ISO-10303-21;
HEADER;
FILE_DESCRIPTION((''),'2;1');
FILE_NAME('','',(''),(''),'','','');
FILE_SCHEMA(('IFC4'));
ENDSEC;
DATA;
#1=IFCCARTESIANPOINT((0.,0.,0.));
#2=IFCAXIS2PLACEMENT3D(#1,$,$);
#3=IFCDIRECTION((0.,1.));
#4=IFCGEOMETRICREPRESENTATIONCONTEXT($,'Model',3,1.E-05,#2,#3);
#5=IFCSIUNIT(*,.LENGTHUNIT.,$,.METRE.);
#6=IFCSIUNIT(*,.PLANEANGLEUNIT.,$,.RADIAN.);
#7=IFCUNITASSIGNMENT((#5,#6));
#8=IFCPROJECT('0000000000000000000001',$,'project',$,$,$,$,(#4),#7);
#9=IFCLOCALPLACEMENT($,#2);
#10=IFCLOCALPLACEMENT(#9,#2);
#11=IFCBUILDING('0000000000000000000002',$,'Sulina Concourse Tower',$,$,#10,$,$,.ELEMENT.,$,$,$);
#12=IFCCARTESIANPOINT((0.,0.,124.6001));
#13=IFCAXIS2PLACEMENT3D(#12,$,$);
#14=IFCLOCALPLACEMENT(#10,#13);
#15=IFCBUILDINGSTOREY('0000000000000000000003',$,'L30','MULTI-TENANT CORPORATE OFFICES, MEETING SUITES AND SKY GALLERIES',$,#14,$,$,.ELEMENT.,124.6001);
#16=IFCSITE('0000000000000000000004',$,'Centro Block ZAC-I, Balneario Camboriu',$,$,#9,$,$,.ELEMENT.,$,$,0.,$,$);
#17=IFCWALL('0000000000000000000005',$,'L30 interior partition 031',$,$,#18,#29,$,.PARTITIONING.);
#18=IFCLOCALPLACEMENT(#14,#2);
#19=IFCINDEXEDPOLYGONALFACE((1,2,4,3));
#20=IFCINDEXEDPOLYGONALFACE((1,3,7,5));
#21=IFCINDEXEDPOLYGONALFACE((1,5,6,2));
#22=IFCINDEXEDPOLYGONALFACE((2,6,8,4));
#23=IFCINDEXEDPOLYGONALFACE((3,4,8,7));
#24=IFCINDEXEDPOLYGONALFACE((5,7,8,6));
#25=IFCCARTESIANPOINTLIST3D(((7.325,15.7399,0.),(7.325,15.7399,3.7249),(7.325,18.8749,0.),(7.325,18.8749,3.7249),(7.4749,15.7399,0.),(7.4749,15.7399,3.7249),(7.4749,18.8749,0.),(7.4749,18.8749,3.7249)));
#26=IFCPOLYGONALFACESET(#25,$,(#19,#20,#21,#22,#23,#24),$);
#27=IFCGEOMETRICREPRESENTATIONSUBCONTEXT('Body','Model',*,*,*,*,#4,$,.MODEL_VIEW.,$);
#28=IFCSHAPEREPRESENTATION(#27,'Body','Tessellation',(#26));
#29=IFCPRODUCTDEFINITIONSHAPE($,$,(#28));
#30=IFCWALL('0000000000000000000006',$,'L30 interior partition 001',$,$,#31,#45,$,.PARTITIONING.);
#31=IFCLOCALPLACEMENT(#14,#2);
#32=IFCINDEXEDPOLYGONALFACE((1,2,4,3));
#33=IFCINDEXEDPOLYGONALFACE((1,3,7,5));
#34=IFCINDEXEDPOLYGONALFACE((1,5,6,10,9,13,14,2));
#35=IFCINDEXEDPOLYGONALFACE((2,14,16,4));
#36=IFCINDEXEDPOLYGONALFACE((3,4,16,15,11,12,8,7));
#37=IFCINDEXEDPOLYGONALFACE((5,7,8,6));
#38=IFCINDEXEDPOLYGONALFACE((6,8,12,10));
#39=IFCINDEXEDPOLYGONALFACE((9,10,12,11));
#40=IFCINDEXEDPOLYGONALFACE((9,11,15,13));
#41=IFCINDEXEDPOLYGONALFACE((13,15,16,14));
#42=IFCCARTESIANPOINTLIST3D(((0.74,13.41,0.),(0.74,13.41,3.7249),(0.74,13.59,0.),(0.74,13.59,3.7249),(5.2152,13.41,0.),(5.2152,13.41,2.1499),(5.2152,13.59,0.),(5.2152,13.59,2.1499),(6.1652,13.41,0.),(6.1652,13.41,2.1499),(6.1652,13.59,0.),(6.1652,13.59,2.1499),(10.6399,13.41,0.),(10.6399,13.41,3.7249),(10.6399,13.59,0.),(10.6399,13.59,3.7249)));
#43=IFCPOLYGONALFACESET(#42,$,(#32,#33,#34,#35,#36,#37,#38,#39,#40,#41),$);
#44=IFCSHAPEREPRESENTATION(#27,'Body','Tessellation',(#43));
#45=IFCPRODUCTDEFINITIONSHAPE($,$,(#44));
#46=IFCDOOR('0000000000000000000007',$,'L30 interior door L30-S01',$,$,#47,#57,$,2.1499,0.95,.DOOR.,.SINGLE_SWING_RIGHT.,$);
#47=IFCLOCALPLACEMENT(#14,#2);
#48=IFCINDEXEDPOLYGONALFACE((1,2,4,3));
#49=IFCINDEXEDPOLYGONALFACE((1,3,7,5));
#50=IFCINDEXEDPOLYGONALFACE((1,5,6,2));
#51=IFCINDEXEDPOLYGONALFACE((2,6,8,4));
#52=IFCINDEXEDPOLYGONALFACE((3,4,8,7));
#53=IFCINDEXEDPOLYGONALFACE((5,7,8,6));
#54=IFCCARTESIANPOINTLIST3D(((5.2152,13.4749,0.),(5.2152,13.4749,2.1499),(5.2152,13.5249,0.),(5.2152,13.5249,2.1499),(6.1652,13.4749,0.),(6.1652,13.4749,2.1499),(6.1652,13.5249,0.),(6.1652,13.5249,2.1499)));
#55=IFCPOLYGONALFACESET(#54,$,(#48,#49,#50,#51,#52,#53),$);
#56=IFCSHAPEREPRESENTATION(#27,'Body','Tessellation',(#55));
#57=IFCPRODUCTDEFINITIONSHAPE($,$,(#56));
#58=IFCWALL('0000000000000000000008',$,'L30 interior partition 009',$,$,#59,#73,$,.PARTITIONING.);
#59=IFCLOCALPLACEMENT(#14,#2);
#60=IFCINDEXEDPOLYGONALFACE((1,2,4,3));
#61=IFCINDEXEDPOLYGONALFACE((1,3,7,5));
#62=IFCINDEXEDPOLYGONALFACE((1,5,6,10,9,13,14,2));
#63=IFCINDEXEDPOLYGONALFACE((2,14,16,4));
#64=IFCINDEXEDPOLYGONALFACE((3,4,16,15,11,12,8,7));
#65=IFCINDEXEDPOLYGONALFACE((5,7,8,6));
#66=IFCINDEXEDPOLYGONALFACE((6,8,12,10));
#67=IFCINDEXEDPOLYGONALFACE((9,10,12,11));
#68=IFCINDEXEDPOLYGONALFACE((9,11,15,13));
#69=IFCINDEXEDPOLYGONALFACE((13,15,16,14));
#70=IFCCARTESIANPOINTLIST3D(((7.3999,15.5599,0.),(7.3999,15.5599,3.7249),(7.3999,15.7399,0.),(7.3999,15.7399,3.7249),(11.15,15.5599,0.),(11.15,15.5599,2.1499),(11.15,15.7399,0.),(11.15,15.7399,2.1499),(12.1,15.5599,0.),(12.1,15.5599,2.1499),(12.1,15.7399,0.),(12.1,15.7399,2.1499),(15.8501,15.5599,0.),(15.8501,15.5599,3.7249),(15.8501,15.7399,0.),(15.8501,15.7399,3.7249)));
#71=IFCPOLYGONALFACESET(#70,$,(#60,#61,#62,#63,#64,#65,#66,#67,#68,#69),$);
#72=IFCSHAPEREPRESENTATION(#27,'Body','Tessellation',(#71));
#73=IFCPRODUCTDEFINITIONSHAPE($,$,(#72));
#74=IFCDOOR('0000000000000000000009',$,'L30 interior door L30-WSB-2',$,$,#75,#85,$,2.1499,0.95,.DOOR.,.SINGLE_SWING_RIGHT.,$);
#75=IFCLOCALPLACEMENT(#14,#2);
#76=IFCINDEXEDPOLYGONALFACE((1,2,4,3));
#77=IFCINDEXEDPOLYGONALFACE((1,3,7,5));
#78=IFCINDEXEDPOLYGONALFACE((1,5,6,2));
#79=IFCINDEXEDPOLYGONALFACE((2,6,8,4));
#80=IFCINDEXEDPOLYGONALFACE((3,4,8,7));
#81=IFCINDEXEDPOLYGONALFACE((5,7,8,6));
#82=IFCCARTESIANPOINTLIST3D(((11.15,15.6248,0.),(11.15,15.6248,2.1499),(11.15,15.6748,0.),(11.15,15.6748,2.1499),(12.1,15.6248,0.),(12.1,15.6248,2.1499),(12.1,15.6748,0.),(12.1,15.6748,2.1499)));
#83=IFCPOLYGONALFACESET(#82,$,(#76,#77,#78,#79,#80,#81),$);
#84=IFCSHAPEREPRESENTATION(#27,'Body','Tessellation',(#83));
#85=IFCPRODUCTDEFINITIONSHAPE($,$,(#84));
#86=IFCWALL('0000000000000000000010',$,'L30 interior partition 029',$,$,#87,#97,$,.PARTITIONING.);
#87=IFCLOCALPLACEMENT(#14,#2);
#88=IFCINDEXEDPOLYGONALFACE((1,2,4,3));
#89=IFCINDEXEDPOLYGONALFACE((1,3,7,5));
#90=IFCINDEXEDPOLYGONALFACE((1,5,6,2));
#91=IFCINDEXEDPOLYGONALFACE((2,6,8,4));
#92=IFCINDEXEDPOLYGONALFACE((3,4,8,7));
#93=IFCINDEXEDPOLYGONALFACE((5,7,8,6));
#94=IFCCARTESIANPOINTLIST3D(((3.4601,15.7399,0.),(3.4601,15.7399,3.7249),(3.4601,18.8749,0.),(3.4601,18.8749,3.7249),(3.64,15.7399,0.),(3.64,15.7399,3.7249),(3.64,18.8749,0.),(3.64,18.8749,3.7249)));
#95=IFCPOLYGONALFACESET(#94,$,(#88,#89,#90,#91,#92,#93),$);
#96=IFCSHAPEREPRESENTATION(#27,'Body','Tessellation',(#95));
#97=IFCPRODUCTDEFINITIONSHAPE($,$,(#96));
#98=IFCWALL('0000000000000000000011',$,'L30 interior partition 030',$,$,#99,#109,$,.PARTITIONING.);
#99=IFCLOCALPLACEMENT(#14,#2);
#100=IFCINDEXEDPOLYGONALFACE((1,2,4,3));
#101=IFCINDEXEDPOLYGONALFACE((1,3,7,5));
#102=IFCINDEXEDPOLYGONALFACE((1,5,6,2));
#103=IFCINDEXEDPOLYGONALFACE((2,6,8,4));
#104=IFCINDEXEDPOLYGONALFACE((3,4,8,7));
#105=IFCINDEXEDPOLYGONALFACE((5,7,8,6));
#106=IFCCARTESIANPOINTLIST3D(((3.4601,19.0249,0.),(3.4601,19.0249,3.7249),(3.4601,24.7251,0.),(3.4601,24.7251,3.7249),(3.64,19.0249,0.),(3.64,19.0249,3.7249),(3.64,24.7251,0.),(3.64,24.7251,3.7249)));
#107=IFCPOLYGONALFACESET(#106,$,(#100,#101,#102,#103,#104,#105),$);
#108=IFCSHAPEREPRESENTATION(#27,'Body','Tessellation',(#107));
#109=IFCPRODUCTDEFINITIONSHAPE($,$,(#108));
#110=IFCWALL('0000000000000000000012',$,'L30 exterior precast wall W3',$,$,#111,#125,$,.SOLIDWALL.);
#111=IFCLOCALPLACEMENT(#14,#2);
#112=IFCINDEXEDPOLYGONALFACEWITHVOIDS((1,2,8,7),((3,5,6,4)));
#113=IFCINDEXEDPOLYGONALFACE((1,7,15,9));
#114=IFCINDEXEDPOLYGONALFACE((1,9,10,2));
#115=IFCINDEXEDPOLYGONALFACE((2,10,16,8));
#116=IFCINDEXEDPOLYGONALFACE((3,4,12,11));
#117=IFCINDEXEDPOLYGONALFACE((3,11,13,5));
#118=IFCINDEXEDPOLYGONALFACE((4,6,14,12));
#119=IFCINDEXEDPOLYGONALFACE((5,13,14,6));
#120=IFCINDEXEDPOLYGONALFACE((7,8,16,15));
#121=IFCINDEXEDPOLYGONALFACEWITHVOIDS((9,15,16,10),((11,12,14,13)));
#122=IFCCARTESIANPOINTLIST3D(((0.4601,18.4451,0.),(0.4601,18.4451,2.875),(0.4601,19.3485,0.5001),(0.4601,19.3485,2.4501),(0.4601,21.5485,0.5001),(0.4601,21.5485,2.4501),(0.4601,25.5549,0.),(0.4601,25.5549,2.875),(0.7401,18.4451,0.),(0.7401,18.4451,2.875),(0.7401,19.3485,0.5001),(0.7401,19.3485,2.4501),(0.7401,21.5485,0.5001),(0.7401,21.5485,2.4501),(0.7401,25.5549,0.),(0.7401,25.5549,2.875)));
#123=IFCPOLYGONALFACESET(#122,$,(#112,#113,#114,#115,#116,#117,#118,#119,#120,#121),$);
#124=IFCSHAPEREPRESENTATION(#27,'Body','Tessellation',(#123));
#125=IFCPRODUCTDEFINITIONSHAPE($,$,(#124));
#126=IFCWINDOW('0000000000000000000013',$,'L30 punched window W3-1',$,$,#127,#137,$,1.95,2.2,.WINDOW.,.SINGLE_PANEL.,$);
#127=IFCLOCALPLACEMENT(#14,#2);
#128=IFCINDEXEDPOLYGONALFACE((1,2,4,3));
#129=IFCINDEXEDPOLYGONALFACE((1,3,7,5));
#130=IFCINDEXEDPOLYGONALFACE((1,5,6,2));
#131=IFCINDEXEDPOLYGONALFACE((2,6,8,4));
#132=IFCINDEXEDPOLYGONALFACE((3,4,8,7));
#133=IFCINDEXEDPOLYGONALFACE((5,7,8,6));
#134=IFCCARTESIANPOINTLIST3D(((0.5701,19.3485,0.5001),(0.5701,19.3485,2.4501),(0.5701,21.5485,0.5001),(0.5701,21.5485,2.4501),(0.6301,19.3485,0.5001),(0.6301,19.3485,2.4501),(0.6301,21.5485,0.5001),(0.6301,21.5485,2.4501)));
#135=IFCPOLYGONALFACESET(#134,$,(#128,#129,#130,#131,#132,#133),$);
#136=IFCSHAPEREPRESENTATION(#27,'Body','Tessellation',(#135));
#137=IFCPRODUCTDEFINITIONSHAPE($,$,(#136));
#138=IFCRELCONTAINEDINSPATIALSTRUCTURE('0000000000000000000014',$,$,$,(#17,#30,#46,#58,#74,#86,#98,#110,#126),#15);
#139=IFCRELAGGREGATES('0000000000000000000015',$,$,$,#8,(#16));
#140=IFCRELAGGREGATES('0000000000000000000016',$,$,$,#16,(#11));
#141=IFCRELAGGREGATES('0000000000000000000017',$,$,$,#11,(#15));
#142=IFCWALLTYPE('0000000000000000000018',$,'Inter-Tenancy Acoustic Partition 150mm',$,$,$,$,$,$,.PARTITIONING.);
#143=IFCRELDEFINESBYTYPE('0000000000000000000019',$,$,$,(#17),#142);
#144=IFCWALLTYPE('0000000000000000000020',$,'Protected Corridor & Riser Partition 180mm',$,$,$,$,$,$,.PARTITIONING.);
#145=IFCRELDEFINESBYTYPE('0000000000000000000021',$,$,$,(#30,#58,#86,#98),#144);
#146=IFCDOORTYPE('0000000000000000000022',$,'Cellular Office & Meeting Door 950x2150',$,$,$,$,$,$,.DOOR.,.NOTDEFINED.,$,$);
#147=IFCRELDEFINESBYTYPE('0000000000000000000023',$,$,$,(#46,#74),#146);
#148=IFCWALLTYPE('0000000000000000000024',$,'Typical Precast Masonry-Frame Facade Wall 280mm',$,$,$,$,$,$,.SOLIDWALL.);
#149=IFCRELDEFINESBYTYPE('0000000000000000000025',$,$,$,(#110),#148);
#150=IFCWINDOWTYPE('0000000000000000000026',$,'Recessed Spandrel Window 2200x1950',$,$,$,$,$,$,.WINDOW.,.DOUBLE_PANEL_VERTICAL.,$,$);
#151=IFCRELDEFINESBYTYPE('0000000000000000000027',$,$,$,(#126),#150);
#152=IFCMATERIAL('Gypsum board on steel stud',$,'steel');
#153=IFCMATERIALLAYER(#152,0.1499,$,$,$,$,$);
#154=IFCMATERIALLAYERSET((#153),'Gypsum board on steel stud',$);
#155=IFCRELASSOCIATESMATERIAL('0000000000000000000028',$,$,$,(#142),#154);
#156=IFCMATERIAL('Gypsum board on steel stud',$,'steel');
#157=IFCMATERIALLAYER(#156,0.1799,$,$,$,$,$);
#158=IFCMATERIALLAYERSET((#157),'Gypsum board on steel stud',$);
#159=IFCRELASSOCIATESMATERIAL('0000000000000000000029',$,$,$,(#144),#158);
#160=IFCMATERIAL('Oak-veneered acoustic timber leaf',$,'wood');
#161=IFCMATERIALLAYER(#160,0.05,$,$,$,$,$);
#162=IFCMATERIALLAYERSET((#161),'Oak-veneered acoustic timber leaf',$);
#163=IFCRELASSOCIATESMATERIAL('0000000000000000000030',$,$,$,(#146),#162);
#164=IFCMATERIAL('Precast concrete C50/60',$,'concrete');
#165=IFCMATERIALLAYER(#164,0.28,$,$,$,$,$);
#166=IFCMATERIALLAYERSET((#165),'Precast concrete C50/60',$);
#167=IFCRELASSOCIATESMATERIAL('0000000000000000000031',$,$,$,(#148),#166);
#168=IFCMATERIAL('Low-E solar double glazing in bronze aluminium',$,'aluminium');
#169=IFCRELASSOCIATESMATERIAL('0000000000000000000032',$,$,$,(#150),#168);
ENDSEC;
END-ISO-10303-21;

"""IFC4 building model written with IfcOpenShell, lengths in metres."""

from ifc_helpers import new_model, si_unit, direction, frame, frame_2d, origin, place, context, subcontext, project, spatial, rectangle, extrude, material, layer, layer_set, type_object, element, fill, save


model = new_model("IFC4")

# Units and contexts
model_context = context("Model", 3, precision=1e-05, world=origin(), true_north=direction((0.0, 1.0)))
body_context = subcontext(model_context, "Body", "Model", "MODEL_VIEW")
ifc_project = project(units=[si_unit("LENGTHUNIT", "METRE"), si_unit("PLANEANGLEUNIT", "RADIAN")], contexts=[model_context])

# Site, building, storey
site_placement = place(None, origin())
site = spatial("IfcSite", under=ifc_project, at=site_placement, Name="Centro Block ZAC-I, Balneario Camboriu", CompositionType="ELEMENT", RefElevation=0.0)
building_placement = place(site_placement, origin())
building = spatial("IfcBuilding", under=site, at=building_placement, Name="Sulina Concourse Tower", CompositionType="ELEMENT")
storey_placement = place(building_placement, frame((0.0, 0.0, 124.6001)))
storey = spatial("IfcBuildingStorey", under=building, at=storey_placement, Name="L30", Description="MULTI-TENANT CORPORATE OFFICES, MEETING SUITES AND SKY GALLERIES", CompositionType="ELEMENT", Elevation=124.6001)

# Shared definitions
ifc_material_1 = material(Name="Gypsum board on steel stud", Category="steel")
ifc_layer_1 = layer(ifc_material_1, 0.1499)
ifc_layer_set_1 = layer_set([ifc_layer_1], Name="Gypsum board on steel stud")
wall_type_1 = type_object("IfcWallType", Name="Inter-Tenancy Acoustic Partition 150mm", PredefinedType="PARTITIONING", material=ifc_layer_set_1)

# Wall
wall_1_placement = place(storey_placement, frame((7.3999, 15.74, 0.0), z_axis=(0.0, 0.0, 1.0), x_axis=(0.0, 1.0, 0.0)))
element("IfcWall", 1, at=wall_1_placement, inside=storey, type_object=wall_type_1, Name="L30 interior partition 031", PredefinedType="PARTITIONING", context=body_context, shape_type="SweptSolid", body=[
    extrude(rectangle(XDim=3.135, YDim=0.1499, at=frame_2d((1.5674, 0.0))), origin(), (0.0, 0.0, 1.0), 3.7249),
])

# Walls, openings, doors
ifc_material_2 = material(Name="Gypsum board on steel stud", Category="steel")
ifc_layer_2 = layer(ifc_material_2, 0.1799)
ifc_layer_set_2 = layer_set([ifc_layer_2], Name="Gypsum board on steel stud")
wall_type_2 = type_object("IfcWallType", Name="Protected Corridor & Riser Partition 180mm", PredefinedType="PARTITIONING", material=ifc_layer_set_2)
wall_2_placement = place(storey_placement, frame((0.74, 13.5, 0.0), z_axis=(0.0, 0.0, 1.0), x_axis=(1.0, 0.0, 0.0)))
wall_2 = element("IfcWall", 2, at=wall_2_placement, inside=storey, type_object=wall_type_2, Name="L30 interior partition 001", PredefinedType="PARTITIONING", context=body_context, shape_type="SweptSolid", body=[
    extrude(rectangle(XDim=9.8999, YDim=0.1799, at=frame_2d((4.95, 0.0))), origin(), (0.0, 0.0, 1.0), 3.7249),
])
opening_1_placement = place(wall_2_placement, frame((4.4751, 0.0, 0.0)))
opening_1 = element("IfcOpeningElement", 3, at=opening_1_placement, cuts=wall_2, PredefinedType="OPENING", context=body_context, shape_type="SweptSolid", body=[
    extrude(rectangle(XDim=0.95, YDim=2.1499, at=frame_2d((0.4751, 1.075))), frame((0.0, 0.0999, 0.0), z_axis=(0.0, -1.0, 0.0), x_axis=(1.0, 0.0, 0.0)), (0.0, 0.0, 1.0), 0.2),
])
ifc_material_3 = material(Name="Oak-veneered acoustic timber leaf", Category="wood")
ifc_layer_3 = layer(ifc_material_3, 0.05)
ifc_layer_set_3 = layer_set([ifc_layer_3], Name="Oak-veneered acoustic timber leaf")
door_type_1 = type_object("IfcDoorType", Name="Cellular Office & Meeting Door 950x2150", OperationType="NOTDEFINED", PredefinedType="DOOR", material=ifc_layer_set_3)
door_1_placement = place(opening_1_placement, origin())
door_1 = element("IfcDoor", 4, at=door_1_placement, inside=storey, type_object=door_type_1, Name="L30 interior door L30-S01", OperationType="SINGLE_SWING_RIGHT", OverallHeight=2.1499, OverallWidth=0.95, PredefinedType="DOOR", context=body_context, shape_type="SweptSolid", body=[
    extrude(rectangle(XDim=0.95, YDim=2.1499, at=frame_2d((0.4751, 1.075))), frame((0.0, 0.0249, 0.0), z_axis=(0.0, -1.0, 0.0), x_axis=(1.0, 0.0, 0.0)), (0.0, 0.0, 1.0), 0.05),
])
fill(opening_1, door_1)
wall_3_placement = place(storey_placement, frame((7.3999, 15.6499, 0.0), z_axis=(0.0, 0.0, 1.0), x_axis=(1.0, 0.0, 0.0)))
wall_3 = element("IfcWall", 5, at=wall_3_placement, inside=storey, type_object=wall_type_2, Name="L30 interior partition 009", PredefinedType="PARTITIONING", context=body_context, shape_type="SweptSolid", body=[
    extrude(rectangle(XDim=8.4502, YDim=0.1799, at=frame_2d((4.2251, 0.0))), origin(), (0.0, 0.0, 1.0), 3.7249),
])
opening_2_placement = place(wall_3_placement, frame((3.75, 0.0, 0.0)))
opening_2 = element("IfcOpeningElement", 6, at=opening_2_placement, cuts=wall_3, PredefinedType="OPENING", context=body_context, shape_type="SweptSolid", body=[
    extrude(rectangle(XDim=0.95, YDim=2.1499, at=frame_2d((0.4751, 1.075))), frame((0.0, 0.0999, 0.0), z_axis=(0.0, -1.0, 0.0), x_axis=(1.0, 0.0, 0.0)), (0.0, 0.0, 1.0), 0.2),
])
door_2_placement = place(opening_2_placement, origin())
door_2 = element("IfcDoor", 7, at=door_2_placement, inside=storey, type_object=door_type_1, Name="L30 interior door L30-WSB-2", OperationType="SINGLE_SWING_RIGHT", OverallHeight=2.1499, OverallWidth=0.95, PredefinedType="DOOR", context=body_context, shape_type="SweptSolid", body=[
    extrude(rectangle(XDim=0.95, YDim=2.1499, at=frame_2d((0.4751, 1.075))), frame((0.0, 0.0249, 0.0), z_axis=(0.0, -1.0, 0.0), x_axis=(1.0, 0.0, 0.0)), (0.0, 0.0, 1.0), 0.05),
])
fill(opening_2, door_2)

# Walls
wall_4_placement = place(storey_placement, frame((3.55, 15.74, 0.0), z_axis=(0.0, 0.0, 1.0), x_axis=(0.0, 1.0, 0.0)))
element("IfcWall", 8, at=wall_4_placement, inside=storey, type_object=wall_type_2, Name="L30 interior partition 029", PredefinedType="PARTITIONING", context=body_context, shape_type="SweptSolid", body=[
    extrude(rectangle(XDim=3.135, YDim=0.1799, at=frame_2d((1.5674, 0.0))), origin(), (0.0, 0.0, 1.0), 3.7249),
])
wall_5_placement = place(storey_placement, frame((3.55, 19.0249, 0.0), z_axis=(0.0, 0.0, 1.0), x_axis=(0.0, 1.0, 0.0)))
element("IfcWall", 9, at=wall_5_placement, inside=storey, type_object=wall_type_2, Name="L30 interior partition 030", PredefinedType="PARTITIONING", context=body_context, shape_type="SweptSolid", body=[
    extrude(rectangle(XDim=5.7002, YDim=0.1799, at=frame_2d((2.8501, 0.0))), origin(), (0.0, 0.0, 1.0), 3.7249),
])

# Wall, opening, window
ifc_material_4 = material(Name="Precast concrete C50/60", Category="concrete")
ifc_layer_4 = layer(ifc_material_4, 0.28)
ifc_layer_set_4 = layer_set([ifc_layer_4], Name="Precast concrete C50/60")
wall_type_3 = type_object("IfcWallType", Name="Typical Precast Masonry-Frame Facade Wall 280mm", PredefinedType="SOLIDWALL", material=ifc_layer_set_4)
wall_6_placement = place(storey_placement, frame((0.6001, 18.4451, 0.0), z_axis=(0.0, 0.0, 1.0), x_axis=(0.0, 1.0, 0.0)))
wall_6 = element("IfcWall", 10, at=wall_6_placement, inside=storey, type_object=wall_type_3, Name="L30 exterior precast wall W3", PredefinedType="SOLIDWALL", context=body_context, shape_type="SweptSolid", body=[
    extrude(rectangle(XDim=7.1099, YDim=0.28, at=frame_2d((3.5549, 0.0))), origin(), (0.0, 0.0, 1.0), 2.875),
])
opening_3_placement = place(wall_6_placement, frame((0.9033, 0.0, 0.5)))
opening_3 = element("IfcOpeningElement", 11, at=opening_3_placement, cuts=wall_6, PredefinedType="OPENING", context=body_context, shape_type="SweptSolid", body=[
    extrude(rectangle(XDim=2.2, YDim=1.95, at=frame_2d((1.1001, 0.9751))), frame((0.0, 0.1499, 0.0), z_axis=(0.0, -1.0, 0.0), x_axis=(1.0, 0.0, 0.0)), (0.0, 0.0, 1.0), 0.3),
])
ifc_material_5 = material(Name="Low-E solar double glazing in bronze aluminium", Category="aluminium")
window_type = type_object("IfcWindowType", Name="Recessed Spandrel Window 2200x1950", PartitioningType="DOUBLE_PANEL_VERTICAL", PredefinedType="WINDOW", material=ifc_material_5)
window_placement = place(opening_3_placement, origin())
window = element("IfcWindow", 12, at=window_placement, inside=storey, type_object=window_type, Name="L30 punched window W3-1", OverallHeight=1.95, OverallWidth=2.2, PartitioningType="SINGLE_PANEL", PredefinedType="WINDOW", context=body_context, shape_type="SweptSolid", body=[
    extrude(rectangle(XDim=2.2, YDim=1.95, at=frame_2d((1.1001, 0.9751))), frame((0.0, 0.03, 0.0), z_axis=(0.0, -1.0, 0.0), x_axis=(1.0, 0.0, 0.0)), (0.0, 0.0, 1.0), 0.0601),
])
fill(opening_3, window)

save(model, "model.ifc")
